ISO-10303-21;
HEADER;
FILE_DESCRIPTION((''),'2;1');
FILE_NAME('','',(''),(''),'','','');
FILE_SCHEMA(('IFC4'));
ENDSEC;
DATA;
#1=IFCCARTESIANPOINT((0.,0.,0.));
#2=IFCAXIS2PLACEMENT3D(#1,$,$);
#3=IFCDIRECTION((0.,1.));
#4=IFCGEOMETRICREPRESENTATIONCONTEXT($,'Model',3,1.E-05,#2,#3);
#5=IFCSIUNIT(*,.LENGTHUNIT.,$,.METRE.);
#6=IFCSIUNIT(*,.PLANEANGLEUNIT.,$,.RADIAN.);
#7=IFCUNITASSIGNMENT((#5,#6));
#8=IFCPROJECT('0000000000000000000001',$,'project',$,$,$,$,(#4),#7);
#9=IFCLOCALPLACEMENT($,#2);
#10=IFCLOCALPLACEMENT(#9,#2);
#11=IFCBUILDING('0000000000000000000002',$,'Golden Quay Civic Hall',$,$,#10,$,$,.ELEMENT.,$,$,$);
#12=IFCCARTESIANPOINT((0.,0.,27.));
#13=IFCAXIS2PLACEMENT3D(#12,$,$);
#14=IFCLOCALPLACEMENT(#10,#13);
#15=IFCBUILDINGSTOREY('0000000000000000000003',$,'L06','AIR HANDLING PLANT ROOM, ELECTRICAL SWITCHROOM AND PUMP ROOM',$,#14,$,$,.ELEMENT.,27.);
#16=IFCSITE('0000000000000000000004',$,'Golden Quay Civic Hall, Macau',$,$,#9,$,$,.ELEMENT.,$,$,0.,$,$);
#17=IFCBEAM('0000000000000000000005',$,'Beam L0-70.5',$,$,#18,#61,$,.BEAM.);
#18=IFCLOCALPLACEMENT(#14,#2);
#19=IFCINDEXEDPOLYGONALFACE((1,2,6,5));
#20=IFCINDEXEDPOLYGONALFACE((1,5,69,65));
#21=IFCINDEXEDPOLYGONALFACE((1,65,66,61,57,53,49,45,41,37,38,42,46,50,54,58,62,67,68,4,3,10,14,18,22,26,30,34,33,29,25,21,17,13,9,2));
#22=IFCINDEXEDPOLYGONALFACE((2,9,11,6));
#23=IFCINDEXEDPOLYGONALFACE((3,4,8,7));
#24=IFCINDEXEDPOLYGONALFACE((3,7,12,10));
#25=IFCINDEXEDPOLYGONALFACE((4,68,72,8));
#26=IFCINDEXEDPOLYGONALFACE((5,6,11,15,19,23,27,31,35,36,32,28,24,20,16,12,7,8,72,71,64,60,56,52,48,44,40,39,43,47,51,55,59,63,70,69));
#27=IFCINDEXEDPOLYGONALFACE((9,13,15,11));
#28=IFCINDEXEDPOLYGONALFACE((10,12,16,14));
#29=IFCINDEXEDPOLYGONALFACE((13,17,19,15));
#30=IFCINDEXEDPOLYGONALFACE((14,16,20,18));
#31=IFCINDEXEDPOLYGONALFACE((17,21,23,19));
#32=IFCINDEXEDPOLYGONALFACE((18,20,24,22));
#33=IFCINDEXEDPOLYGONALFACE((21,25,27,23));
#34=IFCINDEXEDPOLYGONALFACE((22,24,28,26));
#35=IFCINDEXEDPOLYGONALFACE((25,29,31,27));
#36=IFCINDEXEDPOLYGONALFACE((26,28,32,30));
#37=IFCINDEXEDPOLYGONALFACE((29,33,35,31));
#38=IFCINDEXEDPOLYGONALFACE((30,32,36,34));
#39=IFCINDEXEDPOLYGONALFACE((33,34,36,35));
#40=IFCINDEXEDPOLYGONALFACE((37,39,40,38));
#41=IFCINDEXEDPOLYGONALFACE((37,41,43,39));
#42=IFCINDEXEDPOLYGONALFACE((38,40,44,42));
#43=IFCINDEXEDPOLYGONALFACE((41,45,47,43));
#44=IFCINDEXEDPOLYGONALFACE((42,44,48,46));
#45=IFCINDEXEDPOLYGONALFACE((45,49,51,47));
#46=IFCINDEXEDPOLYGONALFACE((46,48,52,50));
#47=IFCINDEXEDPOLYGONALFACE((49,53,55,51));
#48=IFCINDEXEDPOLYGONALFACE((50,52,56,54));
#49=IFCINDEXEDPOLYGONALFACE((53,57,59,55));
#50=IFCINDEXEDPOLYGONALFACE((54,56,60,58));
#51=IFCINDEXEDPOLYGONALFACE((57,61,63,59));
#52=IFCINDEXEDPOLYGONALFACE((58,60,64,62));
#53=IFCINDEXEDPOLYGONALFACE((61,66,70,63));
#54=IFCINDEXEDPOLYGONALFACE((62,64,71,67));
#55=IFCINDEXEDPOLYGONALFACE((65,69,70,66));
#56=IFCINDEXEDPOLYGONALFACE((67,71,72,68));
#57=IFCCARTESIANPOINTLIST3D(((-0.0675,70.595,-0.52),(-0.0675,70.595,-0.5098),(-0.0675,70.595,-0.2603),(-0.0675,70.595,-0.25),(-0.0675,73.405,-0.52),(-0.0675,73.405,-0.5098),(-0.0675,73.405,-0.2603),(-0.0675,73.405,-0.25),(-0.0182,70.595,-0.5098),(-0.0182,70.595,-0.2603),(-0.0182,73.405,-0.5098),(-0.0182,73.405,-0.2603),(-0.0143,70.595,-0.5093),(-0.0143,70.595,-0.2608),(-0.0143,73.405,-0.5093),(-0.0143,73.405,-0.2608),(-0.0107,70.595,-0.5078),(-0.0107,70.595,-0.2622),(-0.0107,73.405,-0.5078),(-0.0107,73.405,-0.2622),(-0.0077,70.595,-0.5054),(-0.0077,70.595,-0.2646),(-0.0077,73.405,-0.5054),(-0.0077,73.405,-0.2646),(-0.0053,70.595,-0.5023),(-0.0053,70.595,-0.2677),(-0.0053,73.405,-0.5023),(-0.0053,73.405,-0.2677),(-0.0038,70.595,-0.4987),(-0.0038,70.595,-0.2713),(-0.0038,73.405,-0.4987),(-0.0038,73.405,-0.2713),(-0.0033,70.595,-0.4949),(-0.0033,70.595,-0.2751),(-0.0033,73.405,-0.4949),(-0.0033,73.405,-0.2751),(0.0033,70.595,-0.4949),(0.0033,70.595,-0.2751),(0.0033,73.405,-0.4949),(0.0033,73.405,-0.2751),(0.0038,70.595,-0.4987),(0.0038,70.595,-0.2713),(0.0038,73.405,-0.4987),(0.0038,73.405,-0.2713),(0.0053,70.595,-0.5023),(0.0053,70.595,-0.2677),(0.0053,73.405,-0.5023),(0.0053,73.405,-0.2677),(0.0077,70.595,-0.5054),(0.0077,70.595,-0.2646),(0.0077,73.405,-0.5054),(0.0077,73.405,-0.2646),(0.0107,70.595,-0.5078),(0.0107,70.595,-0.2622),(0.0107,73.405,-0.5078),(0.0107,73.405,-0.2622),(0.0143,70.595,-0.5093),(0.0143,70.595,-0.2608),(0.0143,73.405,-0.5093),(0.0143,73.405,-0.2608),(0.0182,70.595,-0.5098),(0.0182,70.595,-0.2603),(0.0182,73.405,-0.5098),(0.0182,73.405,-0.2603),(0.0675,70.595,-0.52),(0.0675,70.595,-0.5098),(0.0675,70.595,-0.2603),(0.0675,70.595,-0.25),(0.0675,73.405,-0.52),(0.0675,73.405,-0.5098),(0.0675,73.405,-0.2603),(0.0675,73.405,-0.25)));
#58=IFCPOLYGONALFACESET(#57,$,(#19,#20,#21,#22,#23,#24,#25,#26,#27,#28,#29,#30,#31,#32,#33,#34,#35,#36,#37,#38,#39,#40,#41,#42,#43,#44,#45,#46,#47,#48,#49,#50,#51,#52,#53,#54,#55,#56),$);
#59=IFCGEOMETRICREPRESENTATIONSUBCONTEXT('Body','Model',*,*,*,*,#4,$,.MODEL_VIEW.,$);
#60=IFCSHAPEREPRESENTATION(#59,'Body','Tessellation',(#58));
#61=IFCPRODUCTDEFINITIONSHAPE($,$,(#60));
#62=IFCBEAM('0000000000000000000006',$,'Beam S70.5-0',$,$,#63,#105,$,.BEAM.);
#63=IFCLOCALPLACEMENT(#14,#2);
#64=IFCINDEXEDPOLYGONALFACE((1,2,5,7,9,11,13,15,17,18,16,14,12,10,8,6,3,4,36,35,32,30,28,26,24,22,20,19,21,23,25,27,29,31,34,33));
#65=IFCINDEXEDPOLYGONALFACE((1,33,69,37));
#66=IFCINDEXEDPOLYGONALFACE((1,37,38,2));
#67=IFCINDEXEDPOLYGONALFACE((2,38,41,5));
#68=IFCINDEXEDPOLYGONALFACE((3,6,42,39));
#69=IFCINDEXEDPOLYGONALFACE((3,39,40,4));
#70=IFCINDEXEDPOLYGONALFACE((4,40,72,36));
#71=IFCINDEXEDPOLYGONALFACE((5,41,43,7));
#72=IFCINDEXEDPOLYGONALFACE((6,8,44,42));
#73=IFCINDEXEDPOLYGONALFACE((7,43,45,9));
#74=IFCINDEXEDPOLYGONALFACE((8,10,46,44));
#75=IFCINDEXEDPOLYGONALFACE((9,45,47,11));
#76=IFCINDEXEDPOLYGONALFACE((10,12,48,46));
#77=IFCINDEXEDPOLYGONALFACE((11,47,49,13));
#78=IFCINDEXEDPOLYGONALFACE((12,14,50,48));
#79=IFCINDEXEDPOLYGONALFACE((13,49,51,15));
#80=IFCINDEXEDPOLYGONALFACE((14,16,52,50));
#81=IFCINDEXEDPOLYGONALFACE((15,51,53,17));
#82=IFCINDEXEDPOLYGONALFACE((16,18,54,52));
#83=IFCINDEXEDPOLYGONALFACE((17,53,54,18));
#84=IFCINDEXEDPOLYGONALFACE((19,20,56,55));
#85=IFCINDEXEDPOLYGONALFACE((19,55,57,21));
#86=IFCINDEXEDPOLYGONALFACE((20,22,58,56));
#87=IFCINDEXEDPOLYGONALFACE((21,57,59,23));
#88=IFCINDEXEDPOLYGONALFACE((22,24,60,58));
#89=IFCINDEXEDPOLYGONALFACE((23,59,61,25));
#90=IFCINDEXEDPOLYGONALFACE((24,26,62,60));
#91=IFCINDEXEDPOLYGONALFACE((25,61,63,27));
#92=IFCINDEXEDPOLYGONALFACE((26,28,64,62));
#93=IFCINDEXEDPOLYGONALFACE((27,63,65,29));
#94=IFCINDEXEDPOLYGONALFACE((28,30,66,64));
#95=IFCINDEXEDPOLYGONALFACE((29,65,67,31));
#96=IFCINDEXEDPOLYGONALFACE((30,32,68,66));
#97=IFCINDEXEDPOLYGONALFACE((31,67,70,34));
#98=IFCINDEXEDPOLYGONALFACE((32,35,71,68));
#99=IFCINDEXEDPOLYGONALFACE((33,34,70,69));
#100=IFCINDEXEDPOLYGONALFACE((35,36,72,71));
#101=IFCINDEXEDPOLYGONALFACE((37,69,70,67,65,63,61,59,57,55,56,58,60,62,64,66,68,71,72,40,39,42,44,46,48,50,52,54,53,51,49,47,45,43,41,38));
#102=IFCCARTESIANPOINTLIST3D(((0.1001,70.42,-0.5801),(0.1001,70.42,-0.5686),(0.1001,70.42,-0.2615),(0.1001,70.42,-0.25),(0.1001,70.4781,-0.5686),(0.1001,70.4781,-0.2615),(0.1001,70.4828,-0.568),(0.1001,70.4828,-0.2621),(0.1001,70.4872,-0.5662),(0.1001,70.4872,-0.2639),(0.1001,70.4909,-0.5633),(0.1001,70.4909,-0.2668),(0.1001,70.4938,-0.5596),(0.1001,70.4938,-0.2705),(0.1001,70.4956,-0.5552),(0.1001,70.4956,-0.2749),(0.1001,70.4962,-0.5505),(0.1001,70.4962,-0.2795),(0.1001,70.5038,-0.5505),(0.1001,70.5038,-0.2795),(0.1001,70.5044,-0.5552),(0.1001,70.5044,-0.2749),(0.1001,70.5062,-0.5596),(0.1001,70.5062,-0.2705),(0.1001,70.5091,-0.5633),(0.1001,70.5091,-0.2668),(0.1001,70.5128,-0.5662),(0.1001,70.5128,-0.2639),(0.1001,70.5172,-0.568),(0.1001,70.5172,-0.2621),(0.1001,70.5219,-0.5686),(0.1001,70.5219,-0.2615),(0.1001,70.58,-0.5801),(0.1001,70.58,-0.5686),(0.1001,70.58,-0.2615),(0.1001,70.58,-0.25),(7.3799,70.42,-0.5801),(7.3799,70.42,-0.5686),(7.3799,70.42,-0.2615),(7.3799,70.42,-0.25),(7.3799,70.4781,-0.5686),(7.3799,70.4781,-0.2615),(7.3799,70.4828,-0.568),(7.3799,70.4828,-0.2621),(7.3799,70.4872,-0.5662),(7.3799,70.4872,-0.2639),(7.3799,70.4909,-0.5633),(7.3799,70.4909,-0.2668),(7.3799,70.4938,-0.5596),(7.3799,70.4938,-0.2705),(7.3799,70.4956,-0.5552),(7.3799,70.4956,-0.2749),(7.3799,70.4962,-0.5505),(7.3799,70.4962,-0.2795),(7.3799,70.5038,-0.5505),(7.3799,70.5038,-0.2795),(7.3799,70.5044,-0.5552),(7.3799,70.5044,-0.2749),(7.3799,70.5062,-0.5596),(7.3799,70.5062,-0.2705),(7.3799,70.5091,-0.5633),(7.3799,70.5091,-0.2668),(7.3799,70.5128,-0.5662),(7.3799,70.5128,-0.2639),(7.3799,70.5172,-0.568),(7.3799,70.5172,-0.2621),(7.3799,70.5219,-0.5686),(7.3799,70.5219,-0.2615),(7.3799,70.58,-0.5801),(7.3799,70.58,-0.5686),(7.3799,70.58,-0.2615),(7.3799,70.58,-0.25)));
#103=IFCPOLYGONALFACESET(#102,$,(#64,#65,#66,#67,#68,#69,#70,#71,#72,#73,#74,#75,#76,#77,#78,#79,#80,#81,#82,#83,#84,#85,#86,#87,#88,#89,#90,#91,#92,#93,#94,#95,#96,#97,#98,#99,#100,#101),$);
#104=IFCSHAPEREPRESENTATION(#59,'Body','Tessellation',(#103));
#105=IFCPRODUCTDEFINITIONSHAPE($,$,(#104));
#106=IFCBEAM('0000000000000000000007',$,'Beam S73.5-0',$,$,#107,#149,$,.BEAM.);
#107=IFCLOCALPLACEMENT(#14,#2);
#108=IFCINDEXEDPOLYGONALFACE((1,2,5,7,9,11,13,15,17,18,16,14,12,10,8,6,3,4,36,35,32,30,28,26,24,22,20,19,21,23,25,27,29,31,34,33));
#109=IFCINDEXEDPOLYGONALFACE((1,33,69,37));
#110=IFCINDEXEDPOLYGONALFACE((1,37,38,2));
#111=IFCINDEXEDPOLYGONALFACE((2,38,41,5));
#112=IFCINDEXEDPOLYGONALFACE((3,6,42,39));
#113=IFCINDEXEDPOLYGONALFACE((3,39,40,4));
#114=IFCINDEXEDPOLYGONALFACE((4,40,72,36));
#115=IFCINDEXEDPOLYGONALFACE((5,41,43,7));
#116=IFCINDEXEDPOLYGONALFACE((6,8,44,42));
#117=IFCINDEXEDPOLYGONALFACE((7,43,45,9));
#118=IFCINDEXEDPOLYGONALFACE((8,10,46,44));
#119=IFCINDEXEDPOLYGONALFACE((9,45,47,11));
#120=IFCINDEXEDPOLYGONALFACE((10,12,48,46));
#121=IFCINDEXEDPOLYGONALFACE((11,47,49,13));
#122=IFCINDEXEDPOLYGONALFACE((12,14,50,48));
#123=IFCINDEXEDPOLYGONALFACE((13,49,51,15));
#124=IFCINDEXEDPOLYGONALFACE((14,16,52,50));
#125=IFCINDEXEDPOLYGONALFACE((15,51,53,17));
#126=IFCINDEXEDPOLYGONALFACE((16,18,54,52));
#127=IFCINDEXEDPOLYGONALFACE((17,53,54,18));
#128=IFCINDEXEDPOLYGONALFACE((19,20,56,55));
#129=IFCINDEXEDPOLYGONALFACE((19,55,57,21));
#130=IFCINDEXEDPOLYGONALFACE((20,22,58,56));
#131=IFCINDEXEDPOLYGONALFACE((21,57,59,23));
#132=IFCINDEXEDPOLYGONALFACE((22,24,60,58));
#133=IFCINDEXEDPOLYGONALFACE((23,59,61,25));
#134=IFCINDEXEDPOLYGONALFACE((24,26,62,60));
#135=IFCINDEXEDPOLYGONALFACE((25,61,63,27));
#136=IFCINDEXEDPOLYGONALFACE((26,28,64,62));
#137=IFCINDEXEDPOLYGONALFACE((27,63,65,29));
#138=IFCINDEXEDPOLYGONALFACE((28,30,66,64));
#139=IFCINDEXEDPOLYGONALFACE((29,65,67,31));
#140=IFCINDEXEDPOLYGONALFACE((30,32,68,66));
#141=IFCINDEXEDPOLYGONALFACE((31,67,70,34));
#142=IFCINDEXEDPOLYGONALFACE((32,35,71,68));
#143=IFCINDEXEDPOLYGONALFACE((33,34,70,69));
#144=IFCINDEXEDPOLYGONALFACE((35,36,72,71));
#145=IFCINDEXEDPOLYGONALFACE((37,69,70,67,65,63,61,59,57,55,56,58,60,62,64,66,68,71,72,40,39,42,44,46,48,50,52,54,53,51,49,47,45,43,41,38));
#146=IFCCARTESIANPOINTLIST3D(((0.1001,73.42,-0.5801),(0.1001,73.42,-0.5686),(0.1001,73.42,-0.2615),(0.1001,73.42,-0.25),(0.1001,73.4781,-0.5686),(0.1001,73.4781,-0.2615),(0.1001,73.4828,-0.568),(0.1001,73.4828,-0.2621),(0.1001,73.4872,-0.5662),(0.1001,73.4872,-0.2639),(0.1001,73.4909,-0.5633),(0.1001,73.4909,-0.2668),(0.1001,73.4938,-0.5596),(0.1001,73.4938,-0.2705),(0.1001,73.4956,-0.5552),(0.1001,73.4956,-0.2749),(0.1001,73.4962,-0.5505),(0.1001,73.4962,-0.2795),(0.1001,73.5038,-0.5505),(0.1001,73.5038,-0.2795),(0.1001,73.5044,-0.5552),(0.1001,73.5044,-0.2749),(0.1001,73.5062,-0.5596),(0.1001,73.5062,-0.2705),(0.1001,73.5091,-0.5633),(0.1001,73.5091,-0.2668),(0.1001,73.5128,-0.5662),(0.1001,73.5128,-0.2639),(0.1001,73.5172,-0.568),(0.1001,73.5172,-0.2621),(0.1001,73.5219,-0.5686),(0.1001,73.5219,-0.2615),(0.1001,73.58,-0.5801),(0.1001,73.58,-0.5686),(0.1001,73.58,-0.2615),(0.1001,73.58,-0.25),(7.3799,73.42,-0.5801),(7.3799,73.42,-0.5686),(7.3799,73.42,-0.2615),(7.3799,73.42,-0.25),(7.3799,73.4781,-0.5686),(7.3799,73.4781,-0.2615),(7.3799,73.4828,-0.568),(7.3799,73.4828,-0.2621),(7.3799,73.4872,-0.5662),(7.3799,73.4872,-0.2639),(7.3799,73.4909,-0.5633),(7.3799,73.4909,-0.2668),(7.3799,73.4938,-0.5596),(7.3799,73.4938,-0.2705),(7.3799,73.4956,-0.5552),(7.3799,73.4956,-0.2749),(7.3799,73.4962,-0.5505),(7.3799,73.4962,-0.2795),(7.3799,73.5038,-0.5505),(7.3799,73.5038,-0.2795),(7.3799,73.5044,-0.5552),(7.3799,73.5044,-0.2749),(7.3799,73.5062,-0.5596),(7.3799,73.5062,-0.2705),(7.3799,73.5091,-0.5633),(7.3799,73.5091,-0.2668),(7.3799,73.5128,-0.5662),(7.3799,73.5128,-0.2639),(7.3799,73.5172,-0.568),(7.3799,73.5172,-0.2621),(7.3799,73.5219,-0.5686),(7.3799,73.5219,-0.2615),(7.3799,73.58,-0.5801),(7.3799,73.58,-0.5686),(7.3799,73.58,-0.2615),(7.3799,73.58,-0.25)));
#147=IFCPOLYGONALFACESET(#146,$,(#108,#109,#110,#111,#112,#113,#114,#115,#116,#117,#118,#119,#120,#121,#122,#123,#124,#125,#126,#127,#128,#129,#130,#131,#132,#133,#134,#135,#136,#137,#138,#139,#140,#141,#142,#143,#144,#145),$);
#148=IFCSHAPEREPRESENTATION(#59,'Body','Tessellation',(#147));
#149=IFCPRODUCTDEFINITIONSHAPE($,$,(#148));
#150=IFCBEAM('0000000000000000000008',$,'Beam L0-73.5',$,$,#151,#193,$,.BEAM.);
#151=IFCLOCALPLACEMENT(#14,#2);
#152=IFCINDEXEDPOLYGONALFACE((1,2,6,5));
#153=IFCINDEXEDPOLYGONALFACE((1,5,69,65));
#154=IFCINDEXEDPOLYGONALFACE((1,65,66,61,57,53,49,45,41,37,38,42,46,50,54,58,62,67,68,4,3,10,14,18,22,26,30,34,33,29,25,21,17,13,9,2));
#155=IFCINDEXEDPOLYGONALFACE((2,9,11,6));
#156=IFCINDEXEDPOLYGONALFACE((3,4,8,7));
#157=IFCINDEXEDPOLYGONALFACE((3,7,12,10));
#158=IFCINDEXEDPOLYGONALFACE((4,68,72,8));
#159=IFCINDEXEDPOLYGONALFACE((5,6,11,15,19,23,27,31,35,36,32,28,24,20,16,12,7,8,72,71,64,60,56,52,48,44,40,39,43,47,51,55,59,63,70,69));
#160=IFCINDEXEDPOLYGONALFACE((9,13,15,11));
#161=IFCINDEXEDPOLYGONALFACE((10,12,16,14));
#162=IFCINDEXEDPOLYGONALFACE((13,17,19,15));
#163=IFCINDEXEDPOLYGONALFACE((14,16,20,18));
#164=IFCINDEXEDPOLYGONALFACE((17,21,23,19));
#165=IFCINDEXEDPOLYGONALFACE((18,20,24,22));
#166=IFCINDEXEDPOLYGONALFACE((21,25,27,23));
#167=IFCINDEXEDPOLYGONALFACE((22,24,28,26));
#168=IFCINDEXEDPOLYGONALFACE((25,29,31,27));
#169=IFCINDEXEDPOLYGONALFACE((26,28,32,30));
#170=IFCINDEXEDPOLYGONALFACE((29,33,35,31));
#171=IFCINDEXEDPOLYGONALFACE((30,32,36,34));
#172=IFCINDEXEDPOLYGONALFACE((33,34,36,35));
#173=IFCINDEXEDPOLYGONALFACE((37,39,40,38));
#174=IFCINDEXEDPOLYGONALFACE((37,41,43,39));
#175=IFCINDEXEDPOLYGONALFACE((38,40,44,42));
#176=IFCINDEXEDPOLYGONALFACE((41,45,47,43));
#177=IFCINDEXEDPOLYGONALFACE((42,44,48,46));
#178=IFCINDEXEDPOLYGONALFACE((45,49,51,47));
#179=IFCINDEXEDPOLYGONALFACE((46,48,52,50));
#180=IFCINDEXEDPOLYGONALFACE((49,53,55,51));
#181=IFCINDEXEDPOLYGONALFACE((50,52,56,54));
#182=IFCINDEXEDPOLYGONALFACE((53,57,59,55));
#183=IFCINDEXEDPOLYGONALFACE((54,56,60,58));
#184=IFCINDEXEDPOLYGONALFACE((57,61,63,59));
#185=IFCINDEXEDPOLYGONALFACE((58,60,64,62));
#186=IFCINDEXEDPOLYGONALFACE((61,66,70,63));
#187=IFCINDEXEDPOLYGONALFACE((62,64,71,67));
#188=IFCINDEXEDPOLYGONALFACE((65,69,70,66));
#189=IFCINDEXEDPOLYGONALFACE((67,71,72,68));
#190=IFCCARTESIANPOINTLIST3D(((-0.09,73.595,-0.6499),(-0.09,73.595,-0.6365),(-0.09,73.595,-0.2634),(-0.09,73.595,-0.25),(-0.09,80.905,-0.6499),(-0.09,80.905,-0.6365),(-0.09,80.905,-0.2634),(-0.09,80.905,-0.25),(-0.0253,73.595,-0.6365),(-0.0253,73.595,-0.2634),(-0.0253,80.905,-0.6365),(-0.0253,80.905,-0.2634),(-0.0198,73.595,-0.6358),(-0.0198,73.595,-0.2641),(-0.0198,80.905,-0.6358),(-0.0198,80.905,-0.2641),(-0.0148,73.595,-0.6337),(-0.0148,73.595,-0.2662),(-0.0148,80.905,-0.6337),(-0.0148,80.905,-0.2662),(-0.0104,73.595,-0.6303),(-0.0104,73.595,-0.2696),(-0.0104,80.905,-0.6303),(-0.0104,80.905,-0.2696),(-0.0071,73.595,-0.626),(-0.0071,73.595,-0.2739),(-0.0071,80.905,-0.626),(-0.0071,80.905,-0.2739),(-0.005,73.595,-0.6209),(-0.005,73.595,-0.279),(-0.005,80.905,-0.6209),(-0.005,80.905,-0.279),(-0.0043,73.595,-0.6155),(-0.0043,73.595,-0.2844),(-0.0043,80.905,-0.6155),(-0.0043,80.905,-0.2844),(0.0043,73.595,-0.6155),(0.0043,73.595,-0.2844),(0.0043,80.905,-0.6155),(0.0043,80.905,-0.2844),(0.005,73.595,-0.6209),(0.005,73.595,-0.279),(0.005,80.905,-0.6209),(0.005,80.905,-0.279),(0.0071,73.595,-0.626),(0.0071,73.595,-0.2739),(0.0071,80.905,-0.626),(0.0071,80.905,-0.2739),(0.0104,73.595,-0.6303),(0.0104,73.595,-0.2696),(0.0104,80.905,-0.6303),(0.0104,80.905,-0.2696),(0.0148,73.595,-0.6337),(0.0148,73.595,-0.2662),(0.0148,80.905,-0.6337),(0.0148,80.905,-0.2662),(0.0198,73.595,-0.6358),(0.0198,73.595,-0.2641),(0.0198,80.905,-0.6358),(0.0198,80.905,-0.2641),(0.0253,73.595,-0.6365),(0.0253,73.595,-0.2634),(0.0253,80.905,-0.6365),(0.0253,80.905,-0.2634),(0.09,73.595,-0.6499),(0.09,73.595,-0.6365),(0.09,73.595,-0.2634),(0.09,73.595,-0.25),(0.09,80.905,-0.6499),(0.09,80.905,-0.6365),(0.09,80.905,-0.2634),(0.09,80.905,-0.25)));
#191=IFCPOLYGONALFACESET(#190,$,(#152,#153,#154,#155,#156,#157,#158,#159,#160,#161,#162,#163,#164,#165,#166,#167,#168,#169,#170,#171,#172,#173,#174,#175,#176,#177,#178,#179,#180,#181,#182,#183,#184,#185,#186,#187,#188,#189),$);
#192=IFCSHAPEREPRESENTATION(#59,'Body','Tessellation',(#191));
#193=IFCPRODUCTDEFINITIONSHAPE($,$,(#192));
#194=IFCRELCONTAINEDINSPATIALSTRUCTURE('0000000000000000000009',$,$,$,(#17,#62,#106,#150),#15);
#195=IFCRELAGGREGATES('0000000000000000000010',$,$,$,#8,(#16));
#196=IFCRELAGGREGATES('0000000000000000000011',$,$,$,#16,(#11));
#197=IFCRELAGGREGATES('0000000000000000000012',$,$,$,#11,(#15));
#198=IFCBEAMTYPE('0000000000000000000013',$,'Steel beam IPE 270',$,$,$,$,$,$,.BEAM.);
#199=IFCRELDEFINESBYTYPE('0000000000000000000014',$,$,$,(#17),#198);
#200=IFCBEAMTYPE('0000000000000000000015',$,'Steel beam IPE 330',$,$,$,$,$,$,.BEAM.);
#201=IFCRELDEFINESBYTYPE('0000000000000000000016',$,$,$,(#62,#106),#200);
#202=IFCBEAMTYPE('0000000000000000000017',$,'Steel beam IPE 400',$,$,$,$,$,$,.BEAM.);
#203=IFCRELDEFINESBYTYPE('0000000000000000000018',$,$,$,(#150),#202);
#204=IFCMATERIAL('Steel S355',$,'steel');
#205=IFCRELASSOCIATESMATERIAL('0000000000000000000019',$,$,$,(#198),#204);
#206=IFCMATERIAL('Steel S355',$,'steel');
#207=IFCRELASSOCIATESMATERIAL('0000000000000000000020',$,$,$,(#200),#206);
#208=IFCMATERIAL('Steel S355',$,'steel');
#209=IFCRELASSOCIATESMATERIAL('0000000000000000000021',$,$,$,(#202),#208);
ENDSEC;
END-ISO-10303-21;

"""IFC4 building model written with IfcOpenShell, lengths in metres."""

from ifc_helpers import new_model, si_unit, direction, frame, origin, origin_2d, place, context, subcontext, project, spatial, i_section, extrude, material, material_profile, profile_set, type_object, element, save


model = new_model("IFC4")

# Units and contexts
model_context = context("Model", 3, precision=1e-05, world=origin(), true_north=direction((0.0, 1.0)))
body_context = subcontext(model_context, "Body", "Model", "MODEL_VIEW")
ifc_project = project(units=[si_unit("LENGTHUNIT", "METRE"), si_unit("PLANEANGLEUNIT", "RADIAN")], contexts=[model_context])

# Site, building, storey
site_placement = place(None, origin())
site = spatial("IfcSite", under=ifc_project, at=site_placement, Name="Golden Quay Civic Hall, Macau", CompositionType="ELEMENT", RefElevation=0.0)
building_placement = place(site_placement, origin())
building = spatial("IfcBuilding", under=site, at=building_placement, Name="Golden Quay Civic Hall", CompositionType="ELEMENT")
storey_placement = place(building_placement, frame((0.0, 0.0, 27.0)))
storey = spatial("IfcBuildingStorey", under=building, at=storey_placement, Name="L06", Description="AIR HANDLING PLANT ROOM, ELECTRICAL SWITCHROOM AND PUMP ROOM", CompositionType="ELEMENT", Elevation=27.0)

# Beams
ifc_material_1 = material(Name="Steel S355", Category="steel")
ifc_material_profile_1 = material_profile(ifc_material_1, i_section(OverallWidth=0.135, OverallDepth=0.27, WebThickness=0.0066, FlangeThickness=0.0103, FilletRadius=0.0149, at=origin_2d()), Name="IPE 270")
ifc_profile_set_1 = profile_set([ifc_material_profile_1], Name="Steel S355")
beam_type_1 = type_object("IfcBeamType", Name="Steel beam IPE 270", PredefinedType="BEAM", material=ifc_profile_set_1)
beam_1_placement = place(storey_placement, frame((0.0, 70.595, -0.385), z_axis=(0.0, 1.0, 0.0), x_axis=(-1.0, 0.0, 0.0)))
element("IfcBeam", 1, at=beam_1_placement, inside=storey, type_object=beam_type_1, Name="Beam L0-70.5", PredefinedType="BEAM", context=body_context, shape_type="SweptSolid", body=[
    extrude(i_section(OverallWidth=0.135, OverallDepth=0.27, WebThickness=0.0066, FlangeThickness=0.0103, FilletRadius=0.0149, at=origin_2d()), origin(), (0.0, 0.0, 1.0), 2.8101),
])
ifc_material_2 = material(Name="Steel S355", Category="steel")
ifc_material_profile_2 = material_profile(ifc_material_2, i_section(OverallWidth=0.1599, OverallDepth=0.3301, WebThickness=0.0076, FlangeThickness=0.0115, FilletRadius=0.0181, at=origin_2d()), Name="IPE 330")
ifc_profile_set_2 = profile_set([ifc_material_profile_2], Name="Steel S355")
beam_type_2 = type_object("IfcBeamType", Name="Steel beam IPE 330", PredefinedType="BEAM", material=ifc_profile_set_2)
for number, where, z_axis, x_axis, name in (
    (2, (0.1001, 70.5, -0.415), (1.0, 0.0, 0.0), (0.0, 1.0, 0.0), "Beam S70.5-0"),
    (3, (0.1001, 73.5, -0.415), (1.0, 0.0, 0.0), (0.0, 1.0, 0.0), "Beam S73.5-0"),
):
    element("IfcBeam", number, at=place(storey_placement, frame(where, z_axis=z_axis, x_axis=x_axis)), inside=storey, type_object=beam_type_2, Name=name, PredefinedType="BEAM", context=body_context, shape_type="SweptSolid", body=[
        extrude(i_section(OverallWidth=0.1599, OverallDepth=0.3301, WebThickness=0.0076, FlangeThickness=0.0115, FilletRadius=0.0181, at=origin_2d()), origin(), (0.0, 0.0, 1.0), 7.2798),
    ])
ifc_material_3 = material(Name="Steel S355", Category="steel")
ifc_material_profile_3 = material_profile(ifc_material_3, i_section(OverallWidth=0.1799, OverallDepth=0.3999, WebThickness=0.0085, FlangeThickness=0.0134, FilletRadius=0.021, at=origin_2d()), Name="IPE 400")
ifc_profile_set_3 = profile_set([ifc_material_profile_3], Name="Steel S355")
beam_type_3 = type_object("IfcBeamType", Name="Steel beam IPE 400", PredefinedType="BEAM", material=ifc_profile_set_3)
beam_2_placement = place(storey_placement, frame((0.0, 73.595, -0.45), z_axis=(0.0, 1.0, 0.0), x_axis=(-1.0, 0.0, 0.0)))
element("IfcBeam", 4, at=beam_2_placement, inside=storey, type_object=beam_type_3, Name="Beam L0-73.5", PredefinedType="BEAM", context=body_context, shape_type="SweptSolid", body=[
    extrude(i_section(OverallWidth=0.1799, OverallDepth=0.3999, WebThickness=0.0085, FlangeThickness=0.0134, FilletRadius=0.021, at=origin_2d()), origin(), (0.0, 0.0, 1.0), 7.3101),
])

save(model, "model.ifc")
